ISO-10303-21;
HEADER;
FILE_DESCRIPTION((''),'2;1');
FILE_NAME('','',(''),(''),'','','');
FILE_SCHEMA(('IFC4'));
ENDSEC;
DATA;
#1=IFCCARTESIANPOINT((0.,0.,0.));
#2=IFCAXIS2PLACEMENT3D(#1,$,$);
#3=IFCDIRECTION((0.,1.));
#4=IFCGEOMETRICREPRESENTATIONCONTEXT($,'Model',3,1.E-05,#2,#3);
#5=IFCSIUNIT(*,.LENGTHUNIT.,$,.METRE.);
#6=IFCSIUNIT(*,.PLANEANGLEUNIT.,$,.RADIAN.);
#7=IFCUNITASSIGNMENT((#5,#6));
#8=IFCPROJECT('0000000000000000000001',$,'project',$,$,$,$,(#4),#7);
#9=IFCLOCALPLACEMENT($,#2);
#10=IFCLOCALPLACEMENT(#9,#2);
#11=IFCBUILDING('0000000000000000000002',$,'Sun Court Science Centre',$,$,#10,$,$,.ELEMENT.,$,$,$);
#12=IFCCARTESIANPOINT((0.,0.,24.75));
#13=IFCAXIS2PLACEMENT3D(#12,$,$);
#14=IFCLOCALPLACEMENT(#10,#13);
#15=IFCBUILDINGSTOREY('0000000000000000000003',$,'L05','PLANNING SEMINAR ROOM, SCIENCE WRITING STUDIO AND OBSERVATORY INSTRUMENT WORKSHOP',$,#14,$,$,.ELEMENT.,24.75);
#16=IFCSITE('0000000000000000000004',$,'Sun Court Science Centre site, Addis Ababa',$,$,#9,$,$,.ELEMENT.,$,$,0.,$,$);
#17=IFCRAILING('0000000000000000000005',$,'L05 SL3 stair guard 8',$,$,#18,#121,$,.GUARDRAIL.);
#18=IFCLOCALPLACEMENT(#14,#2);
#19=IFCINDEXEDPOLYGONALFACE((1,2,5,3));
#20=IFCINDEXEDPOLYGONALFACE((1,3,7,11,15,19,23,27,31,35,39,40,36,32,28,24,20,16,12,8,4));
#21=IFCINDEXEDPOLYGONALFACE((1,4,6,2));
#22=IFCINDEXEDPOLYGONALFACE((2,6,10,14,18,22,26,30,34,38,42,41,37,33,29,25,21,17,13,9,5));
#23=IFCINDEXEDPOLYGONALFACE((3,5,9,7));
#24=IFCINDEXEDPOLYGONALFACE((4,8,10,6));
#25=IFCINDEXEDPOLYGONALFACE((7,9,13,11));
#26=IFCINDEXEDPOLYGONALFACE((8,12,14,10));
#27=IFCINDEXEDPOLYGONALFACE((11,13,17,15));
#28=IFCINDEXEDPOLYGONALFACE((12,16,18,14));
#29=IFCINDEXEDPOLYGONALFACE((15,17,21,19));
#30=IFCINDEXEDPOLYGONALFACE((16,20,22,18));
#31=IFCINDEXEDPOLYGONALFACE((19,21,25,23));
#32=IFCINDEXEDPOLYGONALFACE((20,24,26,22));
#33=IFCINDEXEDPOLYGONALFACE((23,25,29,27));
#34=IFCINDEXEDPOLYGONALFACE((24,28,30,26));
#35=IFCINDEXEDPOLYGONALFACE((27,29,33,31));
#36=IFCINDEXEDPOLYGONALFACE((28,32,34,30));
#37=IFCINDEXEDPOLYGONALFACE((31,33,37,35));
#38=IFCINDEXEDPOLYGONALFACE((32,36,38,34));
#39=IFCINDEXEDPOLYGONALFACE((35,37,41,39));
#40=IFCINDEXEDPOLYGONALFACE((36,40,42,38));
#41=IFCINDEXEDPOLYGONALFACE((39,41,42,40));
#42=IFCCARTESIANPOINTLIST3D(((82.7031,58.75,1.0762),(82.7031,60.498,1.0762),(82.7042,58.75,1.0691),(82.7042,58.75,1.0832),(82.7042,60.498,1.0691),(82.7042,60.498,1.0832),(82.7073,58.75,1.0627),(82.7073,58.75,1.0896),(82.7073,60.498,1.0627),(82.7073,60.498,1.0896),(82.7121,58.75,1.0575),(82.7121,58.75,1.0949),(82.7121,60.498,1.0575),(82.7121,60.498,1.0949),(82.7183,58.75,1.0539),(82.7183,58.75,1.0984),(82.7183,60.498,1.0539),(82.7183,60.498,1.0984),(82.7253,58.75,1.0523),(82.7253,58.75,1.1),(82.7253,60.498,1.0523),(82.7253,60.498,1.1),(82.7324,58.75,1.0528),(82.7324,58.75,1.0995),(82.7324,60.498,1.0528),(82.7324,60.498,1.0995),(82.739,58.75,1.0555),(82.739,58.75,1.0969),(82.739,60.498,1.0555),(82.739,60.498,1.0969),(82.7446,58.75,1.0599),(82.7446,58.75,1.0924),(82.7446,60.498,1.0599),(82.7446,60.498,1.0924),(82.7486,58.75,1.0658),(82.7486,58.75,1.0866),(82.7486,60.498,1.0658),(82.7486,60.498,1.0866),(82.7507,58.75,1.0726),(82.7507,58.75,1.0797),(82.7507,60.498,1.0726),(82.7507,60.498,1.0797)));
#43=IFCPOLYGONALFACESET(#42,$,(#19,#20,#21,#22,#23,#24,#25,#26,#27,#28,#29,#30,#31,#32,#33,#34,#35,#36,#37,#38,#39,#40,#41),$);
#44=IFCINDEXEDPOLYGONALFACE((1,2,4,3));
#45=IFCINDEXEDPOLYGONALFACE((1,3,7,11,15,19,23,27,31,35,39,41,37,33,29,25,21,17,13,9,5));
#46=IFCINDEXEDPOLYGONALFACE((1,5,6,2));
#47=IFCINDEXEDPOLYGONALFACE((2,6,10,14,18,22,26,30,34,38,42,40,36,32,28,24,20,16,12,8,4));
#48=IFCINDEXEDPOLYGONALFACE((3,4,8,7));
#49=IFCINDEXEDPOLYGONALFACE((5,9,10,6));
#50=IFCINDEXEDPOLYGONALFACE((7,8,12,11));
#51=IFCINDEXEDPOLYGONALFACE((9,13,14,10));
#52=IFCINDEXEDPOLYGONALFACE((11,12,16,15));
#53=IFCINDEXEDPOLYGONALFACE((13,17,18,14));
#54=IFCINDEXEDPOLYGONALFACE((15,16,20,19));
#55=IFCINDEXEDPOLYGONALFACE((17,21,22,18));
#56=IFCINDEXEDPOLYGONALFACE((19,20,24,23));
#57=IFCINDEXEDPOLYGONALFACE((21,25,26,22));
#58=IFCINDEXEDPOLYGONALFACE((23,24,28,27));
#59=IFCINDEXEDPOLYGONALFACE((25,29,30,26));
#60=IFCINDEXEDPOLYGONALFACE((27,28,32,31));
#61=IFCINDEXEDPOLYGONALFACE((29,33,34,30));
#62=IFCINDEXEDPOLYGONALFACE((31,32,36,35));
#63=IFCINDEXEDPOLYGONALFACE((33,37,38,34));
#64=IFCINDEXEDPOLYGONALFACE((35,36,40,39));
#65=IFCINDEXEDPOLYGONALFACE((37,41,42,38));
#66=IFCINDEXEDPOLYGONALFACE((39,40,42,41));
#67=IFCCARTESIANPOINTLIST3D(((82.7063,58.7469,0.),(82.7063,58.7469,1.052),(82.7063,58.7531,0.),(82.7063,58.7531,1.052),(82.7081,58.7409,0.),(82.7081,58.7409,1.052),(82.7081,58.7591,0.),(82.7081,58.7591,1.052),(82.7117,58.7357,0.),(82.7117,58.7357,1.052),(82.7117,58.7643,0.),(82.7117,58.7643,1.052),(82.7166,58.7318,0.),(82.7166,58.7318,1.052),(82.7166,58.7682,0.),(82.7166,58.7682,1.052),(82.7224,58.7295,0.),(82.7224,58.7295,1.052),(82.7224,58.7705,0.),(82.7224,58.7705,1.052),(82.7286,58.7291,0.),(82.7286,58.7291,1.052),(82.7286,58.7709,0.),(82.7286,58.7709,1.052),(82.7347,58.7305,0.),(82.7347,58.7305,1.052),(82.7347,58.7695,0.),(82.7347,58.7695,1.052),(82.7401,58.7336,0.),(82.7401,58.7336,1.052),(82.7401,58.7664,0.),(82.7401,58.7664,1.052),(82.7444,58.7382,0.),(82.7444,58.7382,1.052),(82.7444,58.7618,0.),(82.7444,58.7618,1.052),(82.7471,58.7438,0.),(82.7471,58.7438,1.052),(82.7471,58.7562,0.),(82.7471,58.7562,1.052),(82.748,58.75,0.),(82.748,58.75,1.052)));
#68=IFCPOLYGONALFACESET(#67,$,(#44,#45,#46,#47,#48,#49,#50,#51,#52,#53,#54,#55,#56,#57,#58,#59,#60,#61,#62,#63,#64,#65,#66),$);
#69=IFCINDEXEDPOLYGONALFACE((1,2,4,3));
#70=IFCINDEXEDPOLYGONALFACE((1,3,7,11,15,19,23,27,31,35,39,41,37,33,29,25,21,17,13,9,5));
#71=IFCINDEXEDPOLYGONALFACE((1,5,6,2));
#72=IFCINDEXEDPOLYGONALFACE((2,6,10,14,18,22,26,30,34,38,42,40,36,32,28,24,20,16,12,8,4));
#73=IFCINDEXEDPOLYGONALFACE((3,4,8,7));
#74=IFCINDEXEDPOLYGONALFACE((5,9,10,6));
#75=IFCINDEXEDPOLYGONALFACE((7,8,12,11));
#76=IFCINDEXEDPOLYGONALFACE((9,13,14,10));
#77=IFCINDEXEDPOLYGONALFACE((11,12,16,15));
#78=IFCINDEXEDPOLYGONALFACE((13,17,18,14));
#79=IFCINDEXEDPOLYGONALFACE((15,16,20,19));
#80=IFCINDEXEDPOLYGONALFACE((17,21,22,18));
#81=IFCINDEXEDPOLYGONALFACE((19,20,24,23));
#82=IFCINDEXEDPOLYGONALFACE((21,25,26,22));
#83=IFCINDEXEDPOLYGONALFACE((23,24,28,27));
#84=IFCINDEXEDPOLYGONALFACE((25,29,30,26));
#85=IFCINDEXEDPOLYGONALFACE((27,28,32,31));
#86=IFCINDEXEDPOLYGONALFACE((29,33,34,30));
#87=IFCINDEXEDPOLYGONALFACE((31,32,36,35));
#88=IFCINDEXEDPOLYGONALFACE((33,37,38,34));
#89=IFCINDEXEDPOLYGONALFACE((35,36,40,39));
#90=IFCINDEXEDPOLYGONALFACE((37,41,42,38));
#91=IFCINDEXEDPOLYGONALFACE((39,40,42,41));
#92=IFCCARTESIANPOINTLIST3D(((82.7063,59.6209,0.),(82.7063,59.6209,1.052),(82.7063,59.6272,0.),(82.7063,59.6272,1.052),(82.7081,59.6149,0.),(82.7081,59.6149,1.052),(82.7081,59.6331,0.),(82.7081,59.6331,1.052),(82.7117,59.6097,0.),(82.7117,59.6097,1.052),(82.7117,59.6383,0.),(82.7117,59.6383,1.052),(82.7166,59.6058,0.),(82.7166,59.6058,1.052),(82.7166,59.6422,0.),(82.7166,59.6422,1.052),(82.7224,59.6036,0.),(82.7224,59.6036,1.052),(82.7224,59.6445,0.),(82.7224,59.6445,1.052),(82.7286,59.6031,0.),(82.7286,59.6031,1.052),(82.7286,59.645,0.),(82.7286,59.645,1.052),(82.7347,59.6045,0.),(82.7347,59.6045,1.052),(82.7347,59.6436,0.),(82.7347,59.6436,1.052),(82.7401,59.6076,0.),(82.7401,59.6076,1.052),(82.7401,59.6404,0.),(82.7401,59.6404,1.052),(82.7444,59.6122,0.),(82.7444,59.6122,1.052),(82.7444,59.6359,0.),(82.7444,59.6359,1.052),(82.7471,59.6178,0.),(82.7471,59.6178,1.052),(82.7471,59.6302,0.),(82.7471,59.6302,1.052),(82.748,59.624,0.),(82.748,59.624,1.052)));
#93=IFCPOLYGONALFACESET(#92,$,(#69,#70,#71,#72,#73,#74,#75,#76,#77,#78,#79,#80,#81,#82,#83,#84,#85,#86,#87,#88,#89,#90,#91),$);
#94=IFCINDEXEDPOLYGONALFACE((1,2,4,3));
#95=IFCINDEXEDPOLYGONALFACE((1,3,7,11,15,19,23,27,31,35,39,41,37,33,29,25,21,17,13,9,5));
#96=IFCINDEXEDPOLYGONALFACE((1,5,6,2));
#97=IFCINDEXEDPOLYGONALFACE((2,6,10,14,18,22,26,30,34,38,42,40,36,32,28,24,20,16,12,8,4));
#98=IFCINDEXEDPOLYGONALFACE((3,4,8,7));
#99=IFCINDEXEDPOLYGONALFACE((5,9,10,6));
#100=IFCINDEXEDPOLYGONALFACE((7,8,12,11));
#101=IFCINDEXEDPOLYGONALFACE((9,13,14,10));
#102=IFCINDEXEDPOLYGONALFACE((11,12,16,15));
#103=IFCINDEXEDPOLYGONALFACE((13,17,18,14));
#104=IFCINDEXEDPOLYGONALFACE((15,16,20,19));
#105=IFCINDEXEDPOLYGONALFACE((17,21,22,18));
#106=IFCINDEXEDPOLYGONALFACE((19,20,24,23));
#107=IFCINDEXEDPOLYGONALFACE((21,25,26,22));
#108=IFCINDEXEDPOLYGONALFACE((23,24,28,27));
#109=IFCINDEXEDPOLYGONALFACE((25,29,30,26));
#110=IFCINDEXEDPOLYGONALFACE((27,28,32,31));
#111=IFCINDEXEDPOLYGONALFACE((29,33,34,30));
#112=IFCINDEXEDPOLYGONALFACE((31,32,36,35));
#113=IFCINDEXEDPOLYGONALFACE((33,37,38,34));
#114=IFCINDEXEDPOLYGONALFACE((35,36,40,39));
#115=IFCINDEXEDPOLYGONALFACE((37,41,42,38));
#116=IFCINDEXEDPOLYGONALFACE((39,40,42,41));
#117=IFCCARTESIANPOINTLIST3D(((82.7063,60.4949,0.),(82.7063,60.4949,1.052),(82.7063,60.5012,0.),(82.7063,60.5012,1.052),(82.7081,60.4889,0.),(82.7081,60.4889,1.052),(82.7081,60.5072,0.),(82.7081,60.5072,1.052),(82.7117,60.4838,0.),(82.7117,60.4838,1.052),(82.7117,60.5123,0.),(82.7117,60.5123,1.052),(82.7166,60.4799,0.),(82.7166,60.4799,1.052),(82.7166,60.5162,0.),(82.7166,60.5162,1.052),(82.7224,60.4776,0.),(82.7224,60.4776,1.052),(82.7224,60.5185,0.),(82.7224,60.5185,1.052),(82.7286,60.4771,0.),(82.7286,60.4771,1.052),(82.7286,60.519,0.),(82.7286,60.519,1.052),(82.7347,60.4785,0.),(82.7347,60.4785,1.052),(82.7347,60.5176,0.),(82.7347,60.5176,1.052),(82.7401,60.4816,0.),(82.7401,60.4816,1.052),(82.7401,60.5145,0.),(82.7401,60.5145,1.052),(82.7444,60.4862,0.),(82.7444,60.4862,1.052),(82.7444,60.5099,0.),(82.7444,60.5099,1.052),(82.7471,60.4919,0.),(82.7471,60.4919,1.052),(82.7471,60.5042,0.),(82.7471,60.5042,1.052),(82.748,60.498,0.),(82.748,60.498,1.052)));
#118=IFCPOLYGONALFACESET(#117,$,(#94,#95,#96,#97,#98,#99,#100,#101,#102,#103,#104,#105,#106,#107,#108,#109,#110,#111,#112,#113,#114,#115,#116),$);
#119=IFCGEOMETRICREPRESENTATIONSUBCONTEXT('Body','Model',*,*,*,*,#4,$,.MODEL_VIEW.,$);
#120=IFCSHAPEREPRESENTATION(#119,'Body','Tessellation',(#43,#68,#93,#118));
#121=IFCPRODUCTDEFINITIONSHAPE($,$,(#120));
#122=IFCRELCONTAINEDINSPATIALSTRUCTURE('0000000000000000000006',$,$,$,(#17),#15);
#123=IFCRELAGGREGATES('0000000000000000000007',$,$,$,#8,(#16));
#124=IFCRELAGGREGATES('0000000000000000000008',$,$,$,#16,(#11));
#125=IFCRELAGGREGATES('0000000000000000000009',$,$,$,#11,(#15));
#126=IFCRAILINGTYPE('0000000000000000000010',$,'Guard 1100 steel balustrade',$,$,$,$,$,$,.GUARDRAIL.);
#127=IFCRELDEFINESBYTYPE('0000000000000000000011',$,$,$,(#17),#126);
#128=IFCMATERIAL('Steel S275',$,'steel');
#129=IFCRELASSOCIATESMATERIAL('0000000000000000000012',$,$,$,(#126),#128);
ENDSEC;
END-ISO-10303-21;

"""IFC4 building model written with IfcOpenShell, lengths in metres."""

from ifc_helpers import new_model, si_unit, direction, frame, origin, origin_2d, place, context, subcontext, project, spatial, circle, extrude, material, type_object, element, save


model = new_model("IFC4")

# Units and contexts
model_context = context("Model", 3, precision=1e-05, world=origin(), true_north=direction((0.0, 1.0)))
body_context = subcontext(model_context, "Body", "Model", "MODEL_VIEW")
ifc_project = project(units=[si_unit("LENGTHUNIT", "METRE"), si_unit("PLANEANGLEUNIT", "RADIAN")], contexts=[model_context])

# Site, building, storey
site_placement = place(None, origin())
site = spatial("IfcSite", under=ifc_project, at=site_placement, Name="Sun Court Science Centre site, Addis Ababa", CompositionType="ELEMENT", RefElevation=0.0)
building_placement = place(site_placement, origin())
building = spatial("IfcBuilding", under=site, at=building_placement, Name="Sun Court Science Centre", CompositionType="ELEMENT")
storey_placement = place(building_placement, frame((0.0, 0.0, 24.75)))
storey = spatial("IfcBuildingStorey", under=building, at=storey_placement, Name="L05", Description="PLANNING SEMINAR ROOM, SCIENCE WRITING STUDIO AND OBSERVATORY INSTRUMENT WORKSHOP", CompositionType="ELEMENT", Elevation=24.75)

# Railing
ifc_material_1 = material(Name="Steel S275", Category="steel")
railing_type = type_object("IfcRailingType", Name="Guard 1100 steel balustrade", PredefinedType="GUARDRAIL", material=ifc_material_1)
for number, where, name in (
    (1, (82.7271, 58.75, 0.0), "L05 SL3 stair guard 8"),
):
    element("IfcRailing", number, at=place(storey_placement, frame(where)), inside=storey, type_object=railing_type, Name=name, PredefinedType="GUARDRAIL", context=body_context, shape_type="SweptSolid", body=[
        extrude(circle(Radius=0.0239, at=origin_2d()), frame((0.0, 0.0, 1.0762), z_axis=(0.0, 1.0, 0.0), x_axis=(-1.0, 0.0, 0.0)), (0.0, 0.0, 1.0), 1.748),
        extrude(circle(Radius=0.021, at=origin_2d()), origin(), (0.0, 0.0, 1.0), 1.052),
        extrude(circle(Radius=0.021, at=origin_2d()), frame((0.0, 0.874, 0.0)), (0.0, 0.0, 1.0), 1.052),
        extrude(circle(Radius=0.021, at=origin_2d()), frame((0.0, 1.748, 0.0)), (0.0, 0.0, 1.0), 1.052),
    ])

save(model, "model.ifc")
